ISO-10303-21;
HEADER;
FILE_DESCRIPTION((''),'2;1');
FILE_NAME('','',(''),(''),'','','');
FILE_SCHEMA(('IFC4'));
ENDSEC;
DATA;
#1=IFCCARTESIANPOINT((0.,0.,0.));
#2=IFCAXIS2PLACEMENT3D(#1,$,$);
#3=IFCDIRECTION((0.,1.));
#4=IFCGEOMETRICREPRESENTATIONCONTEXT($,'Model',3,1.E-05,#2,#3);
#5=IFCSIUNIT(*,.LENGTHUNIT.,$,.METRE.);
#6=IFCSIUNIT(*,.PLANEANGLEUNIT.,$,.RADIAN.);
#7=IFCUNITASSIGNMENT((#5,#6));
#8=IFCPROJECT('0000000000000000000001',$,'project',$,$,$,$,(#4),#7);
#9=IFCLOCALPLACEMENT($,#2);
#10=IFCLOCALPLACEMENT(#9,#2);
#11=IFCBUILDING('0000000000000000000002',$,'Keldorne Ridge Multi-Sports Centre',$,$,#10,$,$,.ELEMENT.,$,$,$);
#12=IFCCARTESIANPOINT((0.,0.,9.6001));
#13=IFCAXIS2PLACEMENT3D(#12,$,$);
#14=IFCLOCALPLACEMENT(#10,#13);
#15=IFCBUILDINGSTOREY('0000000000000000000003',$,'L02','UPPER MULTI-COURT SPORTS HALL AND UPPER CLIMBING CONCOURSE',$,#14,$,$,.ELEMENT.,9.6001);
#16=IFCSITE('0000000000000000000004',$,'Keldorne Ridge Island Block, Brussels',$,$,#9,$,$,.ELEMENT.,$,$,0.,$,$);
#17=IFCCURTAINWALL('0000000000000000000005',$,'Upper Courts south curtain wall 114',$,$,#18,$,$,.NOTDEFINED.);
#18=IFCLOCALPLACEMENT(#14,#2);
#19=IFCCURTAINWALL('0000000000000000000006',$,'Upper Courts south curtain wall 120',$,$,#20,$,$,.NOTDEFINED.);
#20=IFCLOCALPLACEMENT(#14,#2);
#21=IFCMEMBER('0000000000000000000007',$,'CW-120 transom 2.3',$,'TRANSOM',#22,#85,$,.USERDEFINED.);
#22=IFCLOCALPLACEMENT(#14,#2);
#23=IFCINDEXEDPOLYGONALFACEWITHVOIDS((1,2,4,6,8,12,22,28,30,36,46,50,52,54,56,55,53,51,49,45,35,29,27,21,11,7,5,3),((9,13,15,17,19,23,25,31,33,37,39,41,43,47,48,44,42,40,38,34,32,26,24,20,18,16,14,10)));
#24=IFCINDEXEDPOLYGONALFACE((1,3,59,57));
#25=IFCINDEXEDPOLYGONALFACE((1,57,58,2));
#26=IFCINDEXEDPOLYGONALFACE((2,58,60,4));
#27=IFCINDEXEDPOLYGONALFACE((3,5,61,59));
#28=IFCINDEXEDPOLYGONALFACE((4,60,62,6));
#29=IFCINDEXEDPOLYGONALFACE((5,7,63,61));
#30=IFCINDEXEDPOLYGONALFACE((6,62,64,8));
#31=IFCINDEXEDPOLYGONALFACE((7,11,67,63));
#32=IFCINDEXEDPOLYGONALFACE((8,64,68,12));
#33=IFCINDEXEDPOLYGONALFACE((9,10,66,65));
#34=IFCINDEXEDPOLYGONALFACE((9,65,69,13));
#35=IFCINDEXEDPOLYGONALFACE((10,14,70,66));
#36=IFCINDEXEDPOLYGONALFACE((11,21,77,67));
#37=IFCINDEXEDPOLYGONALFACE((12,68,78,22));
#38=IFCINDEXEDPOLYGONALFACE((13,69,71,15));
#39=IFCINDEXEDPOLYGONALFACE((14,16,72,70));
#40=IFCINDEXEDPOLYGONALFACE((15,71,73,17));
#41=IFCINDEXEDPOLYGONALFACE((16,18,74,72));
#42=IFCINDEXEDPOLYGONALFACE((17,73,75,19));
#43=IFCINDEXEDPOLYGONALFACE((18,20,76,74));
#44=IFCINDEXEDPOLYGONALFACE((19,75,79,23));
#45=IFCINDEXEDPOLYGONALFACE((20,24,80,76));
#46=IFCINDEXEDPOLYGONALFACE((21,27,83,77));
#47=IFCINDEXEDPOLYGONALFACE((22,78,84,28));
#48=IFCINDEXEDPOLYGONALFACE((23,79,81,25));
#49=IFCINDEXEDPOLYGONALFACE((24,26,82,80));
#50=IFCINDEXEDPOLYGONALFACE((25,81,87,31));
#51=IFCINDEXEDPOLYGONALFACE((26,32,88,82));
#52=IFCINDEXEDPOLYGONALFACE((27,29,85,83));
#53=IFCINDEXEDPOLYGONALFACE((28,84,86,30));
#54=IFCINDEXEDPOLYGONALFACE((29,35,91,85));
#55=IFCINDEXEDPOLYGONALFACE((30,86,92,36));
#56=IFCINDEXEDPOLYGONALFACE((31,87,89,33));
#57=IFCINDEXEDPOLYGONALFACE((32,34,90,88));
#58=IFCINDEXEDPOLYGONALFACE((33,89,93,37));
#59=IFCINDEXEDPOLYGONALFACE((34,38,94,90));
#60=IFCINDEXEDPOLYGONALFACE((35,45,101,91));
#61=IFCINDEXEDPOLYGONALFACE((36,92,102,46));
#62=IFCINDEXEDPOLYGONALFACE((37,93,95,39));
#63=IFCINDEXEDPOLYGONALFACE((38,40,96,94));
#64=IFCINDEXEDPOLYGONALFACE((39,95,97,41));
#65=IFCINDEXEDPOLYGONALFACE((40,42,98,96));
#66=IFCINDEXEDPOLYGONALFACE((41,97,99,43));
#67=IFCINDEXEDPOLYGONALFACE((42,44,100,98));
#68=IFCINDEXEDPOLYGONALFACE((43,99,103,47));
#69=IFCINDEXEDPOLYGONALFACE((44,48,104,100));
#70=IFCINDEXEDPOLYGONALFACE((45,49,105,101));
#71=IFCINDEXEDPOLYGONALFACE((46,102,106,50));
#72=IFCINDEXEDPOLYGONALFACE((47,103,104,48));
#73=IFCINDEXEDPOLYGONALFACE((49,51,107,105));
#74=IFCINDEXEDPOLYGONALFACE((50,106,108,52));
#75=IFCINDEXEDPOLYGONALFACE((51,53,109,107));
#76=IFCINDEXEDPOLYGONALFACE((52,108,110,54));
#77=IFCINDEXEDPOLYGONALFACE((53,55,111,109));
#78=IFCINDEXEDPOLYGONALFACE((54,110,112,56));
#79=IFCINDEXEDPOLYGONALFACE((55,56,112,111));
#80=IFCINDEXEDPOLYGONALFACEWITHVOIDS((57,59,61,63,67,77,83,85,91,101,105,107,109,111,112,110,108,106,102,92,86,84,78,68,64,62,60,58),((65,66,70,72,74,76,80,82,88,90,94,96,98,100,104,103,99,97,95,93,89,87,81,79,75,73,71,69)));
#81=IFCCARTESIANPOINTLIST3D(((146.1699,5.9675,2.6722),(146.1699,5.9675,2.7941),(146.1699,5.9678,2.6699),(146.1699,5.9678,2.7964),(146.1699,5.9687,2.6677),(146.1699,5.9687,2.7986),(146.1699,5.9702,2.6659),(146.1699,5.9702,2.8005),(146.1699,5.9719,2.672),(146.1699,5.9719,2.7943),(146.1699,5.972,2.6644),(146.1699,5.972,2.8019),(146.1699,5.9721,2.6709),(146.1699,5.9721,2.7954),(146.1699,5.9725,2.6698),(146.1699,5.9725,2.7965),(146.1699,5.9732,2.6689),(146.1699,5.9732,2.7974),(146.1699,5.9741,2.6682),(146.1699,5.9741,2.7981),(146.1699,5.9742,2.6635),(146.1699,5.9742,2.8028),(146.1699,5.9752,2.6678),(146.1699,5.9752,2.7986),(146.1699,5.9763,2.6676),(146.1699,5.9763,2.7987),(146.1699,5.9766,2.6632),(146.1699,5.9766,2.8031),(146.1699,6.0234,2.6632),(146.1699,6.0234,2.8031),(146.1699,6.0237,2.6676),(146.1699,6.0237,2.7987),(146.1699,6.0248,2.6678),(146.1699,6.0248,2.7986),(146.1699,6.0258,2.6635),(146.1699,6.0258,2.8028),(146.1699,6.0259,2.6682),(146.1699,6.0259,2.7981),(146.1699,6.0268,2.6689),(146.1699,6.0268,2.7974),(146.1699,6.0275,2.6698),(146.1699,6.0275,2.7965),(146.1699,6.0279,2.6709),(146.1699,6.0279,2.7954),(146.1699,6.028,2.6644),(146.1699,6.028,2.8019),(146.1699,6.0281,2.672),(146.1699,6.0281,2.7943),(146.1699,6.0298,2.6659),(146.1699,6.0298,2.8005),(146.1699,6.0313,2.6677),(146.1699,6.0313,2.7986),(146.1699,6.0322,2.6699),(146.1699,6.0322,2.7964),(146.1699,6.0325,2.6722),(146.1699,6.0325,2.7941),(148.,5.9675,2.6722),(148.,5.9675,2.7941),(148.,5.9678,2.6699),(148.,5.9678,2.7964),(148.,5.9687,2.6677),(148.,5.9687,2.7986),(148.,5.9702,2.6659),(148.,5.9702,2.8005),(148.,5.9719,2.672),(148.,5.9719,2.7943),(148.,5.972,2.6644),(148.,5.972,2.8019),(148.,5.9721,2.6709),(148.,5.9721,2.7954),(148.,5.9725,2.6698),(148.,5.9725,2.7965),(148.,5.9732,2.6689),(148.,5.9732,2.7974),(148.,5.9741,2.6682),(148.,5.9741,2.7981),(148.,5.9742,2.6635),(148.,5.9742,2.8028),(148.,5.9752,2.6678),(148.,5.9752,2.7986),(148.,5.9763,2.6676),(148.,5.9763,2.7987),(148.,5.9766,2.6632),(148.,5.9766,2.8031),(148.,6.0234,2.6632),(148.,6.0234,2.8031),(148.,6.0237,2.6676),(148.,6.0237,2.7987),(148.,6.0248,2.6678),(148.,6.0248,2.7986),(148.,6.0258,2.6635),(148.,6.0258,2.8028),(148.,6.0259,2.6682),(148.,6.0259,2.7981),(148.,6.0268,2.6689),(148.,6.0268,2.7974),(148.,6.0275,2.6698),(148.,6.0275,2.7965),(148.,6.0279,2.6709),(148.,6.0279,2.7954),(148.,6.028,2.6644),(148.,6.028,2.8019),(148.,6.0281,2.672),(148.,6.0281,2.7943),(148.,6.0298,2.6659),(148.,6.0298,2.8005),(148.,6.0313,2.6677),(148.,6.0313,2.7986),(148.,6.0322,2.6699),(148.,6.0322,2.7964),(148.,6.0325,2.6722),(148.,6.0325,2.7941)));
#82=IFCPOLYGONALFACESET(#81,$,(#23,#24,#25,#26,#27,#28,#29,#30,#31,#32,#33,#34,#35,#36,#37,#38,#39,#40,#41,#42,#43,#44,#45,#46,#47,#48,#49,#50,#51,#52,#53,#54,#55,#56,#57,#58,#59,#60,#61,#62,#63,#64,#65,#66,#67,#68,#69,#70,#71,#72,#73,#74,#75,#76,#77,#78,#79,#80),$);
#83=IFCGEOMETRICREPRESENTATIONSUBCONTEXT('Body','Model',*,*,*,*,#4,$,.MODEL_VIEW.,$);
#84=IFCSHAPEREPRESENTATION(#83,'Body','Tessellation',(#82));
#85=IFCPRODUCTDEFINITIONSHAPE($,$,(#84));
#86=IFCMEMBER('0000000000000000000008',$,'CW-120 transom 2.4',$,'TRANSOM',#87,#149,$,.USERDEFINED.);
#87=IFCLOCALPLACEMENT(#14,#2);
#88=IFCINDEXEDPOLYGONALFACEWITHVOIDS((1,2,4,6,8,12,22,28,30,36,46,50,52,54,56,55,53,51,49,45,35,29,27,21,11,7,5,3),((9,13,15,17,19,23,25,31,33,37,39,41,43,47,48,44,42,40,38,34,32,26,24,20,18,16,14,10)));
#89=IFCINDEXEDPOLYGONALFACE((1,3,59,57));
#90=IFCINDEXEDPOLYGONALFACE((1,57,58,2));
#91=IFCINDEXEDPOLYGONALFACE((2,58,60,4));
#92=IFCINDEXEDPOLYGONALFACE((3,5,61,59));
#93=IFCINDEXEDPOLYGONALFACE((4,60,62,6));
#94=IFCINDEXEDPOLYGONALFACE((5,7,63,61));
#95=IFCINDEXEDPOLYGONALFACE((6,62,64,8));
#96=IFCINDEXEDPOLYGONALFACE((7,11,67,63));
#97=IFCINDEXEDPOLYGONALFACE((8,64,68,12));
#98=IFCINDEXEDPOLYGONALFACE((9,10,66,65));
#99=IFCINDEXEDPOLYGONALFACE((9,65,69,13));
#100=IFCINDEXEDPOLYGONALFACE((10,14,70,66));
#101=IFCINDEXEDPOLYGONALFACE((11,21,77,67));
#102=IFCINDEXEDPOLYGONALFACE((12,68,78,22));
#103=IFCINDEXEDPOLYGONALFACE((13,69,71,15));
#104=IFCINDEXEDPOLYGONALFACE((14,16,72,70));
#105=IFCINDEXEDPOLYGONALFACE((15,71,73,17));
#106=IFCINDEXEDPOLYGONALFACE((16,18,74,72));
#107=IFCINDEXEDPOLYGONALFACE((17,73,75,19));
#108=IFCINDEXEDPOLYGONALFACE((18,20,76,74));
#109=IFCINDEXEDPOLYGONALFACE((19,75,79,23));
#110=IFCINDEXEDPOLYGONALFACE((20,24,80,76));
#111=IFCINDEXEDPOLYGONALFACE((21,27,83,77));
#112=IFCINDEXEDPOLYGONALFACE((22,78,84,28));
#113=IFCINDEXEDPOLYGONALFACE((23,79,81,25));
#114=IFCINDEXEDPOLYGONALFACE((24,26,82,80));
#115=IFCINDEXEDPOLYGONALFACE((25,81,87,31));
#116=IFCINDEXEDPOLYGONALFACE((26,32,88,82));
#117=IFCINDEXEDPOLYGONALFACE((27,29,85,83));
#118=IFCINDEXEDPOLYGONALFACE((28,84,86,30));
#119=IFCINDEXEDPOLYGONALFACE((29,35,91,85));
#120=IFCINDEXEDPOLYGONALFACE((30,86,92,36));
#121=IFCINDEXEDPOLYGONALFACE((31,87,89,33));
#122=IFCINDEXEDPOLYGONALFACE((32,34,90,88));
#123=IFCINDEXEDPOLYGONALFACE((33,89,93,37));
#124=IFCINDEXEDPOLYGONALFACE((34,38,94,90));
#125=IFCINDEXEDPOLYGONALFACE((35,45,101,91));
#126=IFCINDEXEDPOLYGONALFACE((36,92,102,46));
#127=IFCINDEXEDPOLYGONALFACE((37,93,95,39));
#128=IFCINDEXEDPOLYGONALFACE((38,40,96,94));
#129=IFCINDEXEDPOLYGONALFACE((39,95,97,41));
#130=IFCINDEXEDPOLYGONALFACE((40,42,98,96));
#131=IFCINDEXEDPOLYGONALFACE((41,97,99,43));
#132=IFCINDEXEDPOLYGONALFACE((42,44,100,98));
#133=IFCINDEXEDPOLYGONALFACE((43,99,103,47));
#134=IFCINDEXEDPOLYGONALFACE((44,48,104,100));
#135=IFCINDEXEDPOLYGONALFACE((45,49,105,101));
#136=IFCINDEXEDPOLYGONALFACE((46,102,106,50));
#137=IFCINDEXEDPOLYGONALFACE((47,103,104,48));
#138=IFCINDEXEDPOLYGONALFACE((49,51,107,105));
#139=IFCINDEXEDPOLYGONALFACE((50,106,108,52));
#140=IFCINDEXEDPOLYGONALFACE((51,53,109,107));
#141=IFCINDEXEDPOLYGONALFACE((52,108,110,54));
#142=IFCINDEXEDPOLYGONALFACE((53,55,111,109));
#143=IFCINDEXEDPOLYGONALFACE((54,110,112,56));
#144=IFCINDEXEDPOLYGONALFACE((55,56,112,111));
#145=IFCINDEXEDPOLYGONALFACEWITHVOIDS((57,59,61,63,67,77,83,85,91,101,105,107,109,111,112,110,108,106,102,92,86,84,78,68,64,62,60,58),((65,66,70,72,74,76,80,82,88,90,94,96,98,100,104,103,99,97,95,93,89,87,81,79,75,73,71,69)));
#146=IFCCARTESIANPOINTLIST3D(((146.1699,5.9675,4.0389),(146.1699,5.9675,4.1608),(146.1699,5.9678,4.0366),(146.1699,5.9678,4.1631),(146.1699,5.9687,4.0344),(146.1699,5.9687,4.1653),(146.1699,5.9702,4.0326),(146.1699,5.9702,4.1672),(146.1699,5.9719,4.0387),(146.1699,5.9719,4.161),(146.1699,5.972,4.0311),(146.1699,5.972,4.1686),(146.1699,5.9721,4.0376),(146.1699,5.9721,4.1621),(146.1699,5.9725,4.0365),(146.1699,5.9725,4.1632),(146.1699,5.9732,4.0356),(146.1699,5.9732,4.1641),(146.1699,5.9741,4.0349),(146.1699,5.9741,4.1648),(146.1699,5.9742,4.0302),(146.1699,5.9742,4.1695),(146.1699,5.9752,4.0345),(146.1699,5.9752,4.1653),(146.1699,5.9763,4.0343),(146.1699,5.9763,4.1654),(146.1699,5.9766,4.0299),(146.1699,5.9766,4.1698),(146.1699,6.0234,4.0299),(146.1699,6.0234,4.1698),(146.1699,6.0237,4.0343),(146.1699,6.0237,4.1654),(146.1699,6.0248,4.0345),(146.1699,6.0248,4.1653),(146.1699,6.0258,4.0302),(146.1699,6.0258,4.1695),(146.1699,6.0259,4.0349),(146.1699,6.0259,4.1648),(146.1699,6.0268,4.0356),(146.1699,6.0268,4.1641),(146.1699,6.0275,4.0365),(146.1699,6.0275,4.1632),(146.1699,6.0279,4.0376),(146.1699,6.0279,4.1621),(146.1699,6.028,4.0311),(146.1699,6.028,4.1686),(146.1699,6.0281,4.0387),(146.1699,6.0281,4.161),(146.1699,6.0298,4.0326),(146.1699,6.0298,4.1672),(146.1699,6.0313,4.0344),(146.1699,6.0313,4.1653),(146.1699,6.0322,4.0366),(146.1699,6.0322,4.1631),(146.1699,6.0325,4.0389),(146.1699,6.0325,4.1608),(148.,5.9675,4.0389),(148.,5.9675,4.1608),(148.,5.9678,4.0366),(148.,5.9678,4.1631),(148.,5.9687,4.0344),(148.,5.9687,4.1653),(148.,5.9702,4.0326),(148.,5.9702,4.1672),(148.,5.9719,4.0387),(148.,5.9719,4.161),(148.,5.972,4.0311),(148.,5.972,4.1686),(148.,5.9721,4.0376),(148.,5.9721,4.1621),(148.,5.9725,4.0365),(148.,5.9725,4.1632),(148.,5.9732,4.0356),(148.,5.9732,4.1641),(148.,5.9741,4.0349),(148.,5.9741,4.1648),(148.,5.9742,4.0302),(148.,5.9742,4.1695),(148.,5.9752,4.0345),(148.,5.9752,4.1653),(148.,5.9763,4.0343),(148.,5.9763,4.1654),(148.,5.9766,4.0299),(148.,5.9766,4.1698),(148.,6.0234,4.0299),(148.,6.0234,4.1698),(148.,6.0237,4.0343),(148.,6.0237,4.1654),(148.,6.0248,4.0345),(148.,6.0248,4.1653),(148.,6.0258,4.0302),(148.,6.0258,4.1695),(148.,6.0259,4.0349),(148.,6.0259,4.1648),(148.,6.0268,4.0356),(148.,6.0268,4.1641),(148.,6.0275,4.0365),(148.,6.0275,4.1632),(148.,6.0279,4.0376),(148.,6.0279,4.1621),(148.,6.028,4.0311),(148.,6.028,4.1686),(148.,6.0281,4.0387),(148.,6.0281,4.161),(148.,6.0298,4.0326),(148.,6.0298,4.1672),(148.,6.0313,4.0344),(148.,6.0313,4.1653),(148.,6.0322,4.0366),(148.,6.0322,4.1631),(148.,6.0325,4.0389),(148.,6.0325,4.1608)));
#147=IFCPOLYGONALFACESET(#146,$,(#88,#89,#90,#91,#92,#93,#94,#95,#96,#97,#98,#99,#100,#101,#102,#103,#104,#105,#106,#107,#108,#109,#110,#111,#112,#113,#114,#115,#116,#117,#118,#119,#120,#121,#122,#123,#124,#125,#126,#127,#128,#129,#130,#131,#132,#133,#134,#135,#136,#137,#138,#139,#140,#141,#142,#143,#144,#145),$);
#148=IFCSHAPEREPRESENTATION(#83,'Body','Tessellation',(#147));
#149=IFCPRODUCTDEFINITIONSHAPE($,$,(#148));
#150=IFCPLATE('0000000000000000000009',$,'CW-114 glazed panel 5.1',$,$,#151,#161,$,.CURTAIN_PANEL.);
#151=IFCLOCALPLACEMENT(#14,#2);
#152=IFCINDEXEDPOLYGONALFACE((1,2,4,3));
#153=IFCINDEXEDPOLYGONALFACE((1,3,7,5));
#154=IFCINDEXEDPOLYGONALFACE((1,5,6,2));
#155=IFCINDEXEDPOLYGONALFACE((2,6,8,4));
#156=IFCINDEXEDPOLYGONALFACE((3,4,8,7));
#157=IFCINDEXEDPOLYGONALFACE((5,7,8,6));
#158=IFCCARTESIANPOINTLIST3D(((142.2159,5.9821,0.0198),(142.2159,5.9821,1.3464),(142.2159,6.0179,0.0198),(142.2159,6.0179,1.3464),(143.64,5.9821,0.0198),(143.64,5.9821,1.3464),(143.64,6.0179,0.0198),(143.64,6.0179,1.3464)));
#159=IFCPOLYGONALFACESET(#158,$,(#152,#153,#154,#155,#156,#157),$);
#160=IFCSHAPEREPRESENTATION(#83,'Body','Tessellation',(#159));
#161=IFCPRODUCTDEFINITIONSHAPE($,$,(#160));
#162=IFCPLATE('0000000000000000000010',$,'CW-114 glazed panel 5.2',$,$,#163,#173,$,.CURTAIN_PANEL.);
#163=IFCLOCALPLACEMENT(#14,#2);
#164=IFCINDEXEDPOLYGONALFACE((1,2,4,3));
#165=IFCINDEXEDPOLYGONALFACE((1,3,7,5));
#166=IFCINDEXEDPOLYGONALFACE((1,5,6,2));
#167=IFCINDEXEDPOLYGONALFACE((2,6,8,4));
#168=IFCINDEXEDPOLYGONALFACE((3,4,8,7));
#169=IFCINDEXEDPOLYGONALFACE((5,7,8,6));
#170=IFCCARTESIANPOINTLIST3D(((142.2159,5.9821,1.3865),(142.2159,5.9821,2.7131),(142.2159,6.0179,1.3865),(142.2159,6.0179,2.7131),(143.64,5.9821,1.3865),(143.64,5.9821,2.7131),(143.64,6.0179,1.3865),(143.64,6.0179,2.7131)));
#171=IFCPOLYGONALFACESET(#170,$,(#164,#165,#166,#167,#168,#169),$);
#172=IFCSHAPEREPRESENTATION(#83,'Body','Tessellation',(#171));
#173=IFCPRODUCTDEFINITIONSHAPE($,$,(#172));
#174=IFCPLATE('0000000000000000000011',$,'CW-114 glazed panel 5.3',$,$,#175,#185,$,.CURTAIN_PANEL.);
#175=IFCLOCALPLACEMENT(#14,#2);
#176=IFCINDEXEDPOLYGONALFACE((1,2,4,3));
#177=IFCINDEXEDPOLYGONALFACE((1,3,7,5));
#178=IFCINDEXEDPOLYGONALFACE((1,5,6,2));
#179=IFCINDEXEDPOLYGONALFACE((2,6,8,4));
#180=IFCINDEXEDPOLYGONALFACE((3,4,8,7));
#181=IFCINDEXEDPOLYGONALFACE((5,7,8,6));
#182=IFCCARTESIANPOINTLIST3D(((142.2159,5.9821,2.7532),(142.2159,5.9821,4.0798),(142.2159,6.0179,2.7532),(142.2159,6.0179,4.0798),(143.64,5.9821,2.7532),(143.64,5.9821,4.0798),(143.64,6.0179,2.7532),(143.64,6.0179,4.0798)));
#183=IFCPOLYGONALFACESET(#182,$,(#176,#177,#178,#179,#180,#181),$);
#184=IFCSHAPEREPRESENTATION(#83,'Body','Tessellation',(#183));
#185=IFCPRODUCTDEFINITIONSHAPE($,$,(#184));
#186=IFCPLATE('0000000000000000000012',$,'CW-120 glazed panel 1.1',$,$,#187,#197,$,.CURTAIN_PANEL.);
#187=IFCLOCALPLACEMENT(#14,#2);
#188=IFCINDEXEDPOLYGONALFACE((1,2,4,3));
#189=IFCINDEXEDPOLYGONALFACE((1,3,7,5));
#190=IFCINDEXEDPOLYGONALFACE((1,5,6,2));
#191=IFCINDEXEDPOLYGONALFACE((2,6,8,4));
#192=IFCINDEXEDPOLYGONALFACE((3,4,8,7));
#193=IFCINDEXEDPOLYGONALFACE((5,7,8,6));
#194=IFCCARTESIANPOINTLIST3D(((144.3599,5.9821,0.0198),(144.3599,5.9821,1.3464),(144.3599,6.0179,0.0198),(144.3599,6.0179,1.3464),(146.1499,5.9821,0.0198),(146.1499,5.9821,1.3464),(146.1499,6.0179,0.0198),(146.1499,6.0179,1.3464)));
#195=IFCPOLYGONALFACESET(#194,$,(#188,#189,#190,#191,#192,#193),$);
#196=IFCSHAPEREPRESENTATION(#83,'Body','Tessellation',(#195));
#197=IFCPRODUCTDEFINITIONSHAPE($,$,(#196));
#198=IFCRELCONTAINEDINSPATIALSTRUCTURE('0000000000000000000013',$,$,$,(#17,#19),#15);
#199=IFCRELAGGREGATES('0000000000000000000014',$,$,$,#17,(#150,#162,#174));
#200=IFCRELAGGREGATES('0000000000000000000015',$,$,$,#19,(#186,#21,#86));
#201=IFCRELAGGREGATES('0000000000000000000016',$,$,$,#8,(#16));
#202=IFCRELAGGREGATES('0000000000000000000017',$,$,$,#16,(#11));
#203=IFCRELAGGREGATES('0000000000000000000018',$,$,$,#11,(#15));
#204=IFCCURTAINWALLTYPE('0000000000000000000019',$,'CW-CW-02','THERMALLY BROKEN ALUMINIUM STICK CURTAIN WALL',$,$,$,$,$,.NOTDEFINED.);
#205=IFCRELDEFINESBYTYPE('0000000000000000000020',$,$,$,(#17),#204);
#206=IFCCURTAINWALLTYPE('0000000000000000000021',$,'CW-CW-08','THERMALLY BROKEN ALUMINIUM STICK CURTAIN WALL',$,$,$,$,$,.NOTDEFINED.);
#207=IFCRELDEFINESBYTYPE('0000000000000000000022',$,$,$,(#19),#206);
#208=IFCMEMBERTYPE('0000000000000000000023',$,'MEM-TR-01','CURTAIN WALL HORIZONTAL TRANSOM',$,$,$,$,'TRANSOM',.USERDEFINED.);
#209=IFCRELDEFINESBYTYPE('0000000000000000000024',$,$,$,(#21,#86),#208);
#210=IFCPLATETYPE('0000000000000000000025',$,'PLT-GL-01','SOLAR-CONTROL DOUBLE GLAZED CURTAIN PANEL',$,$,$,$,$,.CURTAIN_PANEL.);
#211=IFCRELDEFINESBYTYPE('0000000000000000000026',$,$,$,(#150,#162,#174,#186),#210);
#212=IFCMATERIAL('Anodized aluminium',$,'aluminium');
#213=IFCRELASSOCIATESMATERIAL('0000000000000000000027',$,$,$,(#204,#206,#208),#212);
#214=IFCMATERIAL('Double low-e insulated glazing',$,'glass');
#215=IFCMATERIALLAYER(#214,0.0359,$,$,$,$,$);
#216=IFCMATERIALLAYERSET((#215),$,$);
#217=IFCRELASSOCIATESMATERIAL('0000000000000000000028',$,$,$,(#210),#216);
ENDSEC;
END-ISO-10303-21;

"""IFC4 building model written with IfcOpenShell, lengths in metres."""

from ifc_helpers import new_model, si_unit, direction, frame, origin, origin_2d, place, context, subcontext, project, spatial, rectangle, hollow_rectangle, extrude, material, layer, layer_set, material_profile, profile_set, type_object, element, aggregate, save


model = new_model("IFC4")

# Units and contexts
model_context = context("Model", 3, precision=1e-05, world=origin(), true_north=direction((0.0, 1.0)))
body_context = subcontext(model_context, "Body", "Model", "MODEL_VIEW")
ifc_project = project(units=[si_unit("LENGTHUNIT", "METRE"), si_unit("PLANEANGLEUNIT", "RADIAN")], contexts=[model_context])

# Site, building, storey
site_placement = place(None, origin())
site = spatial("IfcSite", under=ifc_project, at=site_placement, Name="Keldorne Ridge Island Block, Brussels", CompositionType="ELEMENT", RefElevation=0.0)
building_placement = place(site_placement, origin())
building = spatial("IfcBuilding", under=site, at=building_placement, Name="Keldorne Ridge Multi-Sports Centre", CompositionType="ELEMENT")
storey_placement = place(building_placement, frame((0.0, 0.0, 9.6001)))
storey = spatial("IfcBuildingStorey", under=building, at=storey_placement, Name="L02", Description="UPPER MULTI-COURT SPORTS HALL AND UPPER CLIMBING CONCOURSE", CompositionType="ELEMENT", Elevation=9.6001)

# Curtain wall
ifc_material_1 = material(Name="Anodized aluminium", Category="aluminium")
curtain_wall_type_1 = type_object("IfcCurtainWallType", Name="CW-CW-02", Description="THERMALLY BROKEN ALUMINIUM STICK CURTAIN WALL", PredefinedType="NOTDEFINED", material=ifc_material_1)
curtain_wall_1_placement = place(storey_placement, origin())
curtain_wall_1 = element("IfcCurtainWall", 1, at=curtain_wall_1_placement, inside=storey, type_object=curtain_wall_type_1, Name="Upper Courts south curtain wall 114", PredefinedType="NOTDEFINED")

# Curtain wall
curtain_wall_type_2 = type_object("IfcCurtainWallType", Name="CW-CW-08", Description="THERMALLY BROKEN ALUMINIUM STICK CURTAIN WALL", PredefinedType="NOTDEFINED", material=ifc_material_1)
curtain_wall_2_placement = place(storey_placement, origin())
curtain_wall_2 = element("IfcCurtainWall", 2, at=curtain_wall_2_placement, inside=storey, type_object=curtain_wall_type_2, Name="Upper Courts south curtain wall 120", PredefinedType="NOTDEFINED")

# Members
ifc_material_profile_1 = material_profile(ifc_material_1, hollow_rectangle(XDim=0.0649, YDim=0.1399, WallThickness=0.0044, InnerFilletRadius=0.0044, OuterFilletRadius=0.009, at=origin_2d()), Name="ALU TRANSOM 140x65x4.5")
ifc_profile_set_1 = profile_set([ifc_material_profile_1], Name="Anodized aluminium")
member_type_1 = type_object("IfcMemberType", Name="MEM-TR-01", Description="CURTAIN WALL HORIZONTAL TRANSOM", ElementType="TRANSOM", PredefinedType="USERDEFINED", material=ifc_profile_set_1)
member_1_placement = place(storey_placement, frame((146.1699, 6.0, 2.7332), z_axis=(1.0, 0.0, 0.0), x_axis=(0.0, 1.0, 0.0)))
member_1 = element("IfcMember", 3, at=member_1_placement, type_object=member_type_1, Name="CW-120 transom 2.3", ObjectType="TRANSOM", PredefinedType="USERDEFINED", context=body_context, shape_type="SweptSolid", body=[
    extrude(hollow_rectangle(XDim=0.0649, YDim=0.1399, WallThickness=0.0044, InnerFilletRadius=0.0044, OuterFilletRadius=0.009, at=origin_2d()), origin(), (0.0, 0.0, 1.0), 1.8301),
])
member_2_placement = place(storey_placement, frame((146.1699, 6.0, 4.0999), z_axis=(1.0, 0.0, 0.0), x_axis=(0.0, 1.0, 0.0)))
member_2 = element("IfcMember", 4, at=member_2_placement, type_object=member_type_1, Name="CW-120 transom 2.4", ObjectType="TRANSOM", PredefinedType="USERDEFINED", context=body_context, shape_type="SweptSolid", body=[
    extrude(hollow_rectangle(XDim=0.0649, YDim=0.1399, WallThickness=0.0044, InnerFilletRadius=0.0044, OuterFilletRadius=0.009, at=origin_2d()), origin(), (0.0, 0.0, 1.0), 1.8301),
])

# Plates
ifc_material_2 = material(Name="Double low-e insulated glazing", Category="glass")
ifc_layer = layer(ifc_material_2, 0.0359)
ifc_layer_set = layer_set([ifc_layer])
plate_type = type_object("IfcPlateType", Name="PLT-GL-01", Description="SOLAR-CONTROL DOUBLE GLAZED CURTAIN PANEL", PredefinedType="CURTAIN_PANEL", material=ifc_layer_set)
plate_1_placement = place(storey_placement, frame((142.928, 6.0, 0.0198), z_axis=(0.0, 0.0, 1.0), x_axis=(1.0, 0.0, 0.0)))
plate_1 = element("IfcPlate", 5, at=plate_1_placement, type_object=plate_type, Name="CW-114 glazed panel 5.1", PredefinedType="CURTAIN_PANEL", context=body_context, shape_type="SweptSolid", body=[
    extrude(rectangle(XDim=1.4241, YDim=0.0359, at=origin_2d()), origin(), (0.0, 0.0, 1.0), 1.3267),
])
plate_2_placement = place(storey_placement, frame((142.928, 6.0, 1.3865), z_axis=(0.0, 0.0, 1.0), x_axis=(1.0, 0.0, 0.0)))
plate_2 = element("IfcPlate", 6, at=plate_2_placement, type_object=plate_type, Name="CW-114 glazed panel 5.2", PredefinedType="CURTAIN_PANEL", context=body_context, shape_type="SweptSolid", body=[
    extrude(rectangle(XDim=1.4241, YDim=0.0359, at=origin_2d()), origin(), (0.0, 0.0, 1.0), 1.3267),
])
plate_3_placement = place(storey_placement, frame((142.928, 6.0, 2.7532), z_axis=(0.0, 0.0, 1.0), x_axis=(1.0, 0.0, 0.0)))
plate_3 = element("IfcPlate", 7, at=plate_3_placement, type_object=plate_type, Name="CW-114 glazed panel 5.3", PredefinedType="CURTAIN_PANEL", context=body_context, shape_type="SweptSolid", body=[
    extrude(rectangle(XDim=1.4241, YDim=0.0359, at=origin_2d()), origin(), (0.0, 0.0, 1.0), 1.3267),
])
aggregate(curtain_wall_1, [plate_1, plate_2, plate_3])
plate_4_placement = place(storey_placement, frame((145.2549, 6.0, 0.0198), z_axis=(0.0, 0.0, 1.0), x_axis=(1.0, 0.0, 0.0)))
plate_4 = element("IfcPlate", 8, at=plate_4_placement, type_object=plate_type, Name="CW-120 glazed panel 1.1", PredefinedType="CURTAIN_PANEL", context=body_context, shape_type="SweptSolid", body=[
    extrude(rectangle(XDim=1.79, YDim=0.0359, at=origin_2d()), origin(), (0.0, 0.0, 1.0), 1.3267),
])
aggregate(curtain_wall_2, [plate_4, member_1, member_2])

save(model, "model.ifc")
